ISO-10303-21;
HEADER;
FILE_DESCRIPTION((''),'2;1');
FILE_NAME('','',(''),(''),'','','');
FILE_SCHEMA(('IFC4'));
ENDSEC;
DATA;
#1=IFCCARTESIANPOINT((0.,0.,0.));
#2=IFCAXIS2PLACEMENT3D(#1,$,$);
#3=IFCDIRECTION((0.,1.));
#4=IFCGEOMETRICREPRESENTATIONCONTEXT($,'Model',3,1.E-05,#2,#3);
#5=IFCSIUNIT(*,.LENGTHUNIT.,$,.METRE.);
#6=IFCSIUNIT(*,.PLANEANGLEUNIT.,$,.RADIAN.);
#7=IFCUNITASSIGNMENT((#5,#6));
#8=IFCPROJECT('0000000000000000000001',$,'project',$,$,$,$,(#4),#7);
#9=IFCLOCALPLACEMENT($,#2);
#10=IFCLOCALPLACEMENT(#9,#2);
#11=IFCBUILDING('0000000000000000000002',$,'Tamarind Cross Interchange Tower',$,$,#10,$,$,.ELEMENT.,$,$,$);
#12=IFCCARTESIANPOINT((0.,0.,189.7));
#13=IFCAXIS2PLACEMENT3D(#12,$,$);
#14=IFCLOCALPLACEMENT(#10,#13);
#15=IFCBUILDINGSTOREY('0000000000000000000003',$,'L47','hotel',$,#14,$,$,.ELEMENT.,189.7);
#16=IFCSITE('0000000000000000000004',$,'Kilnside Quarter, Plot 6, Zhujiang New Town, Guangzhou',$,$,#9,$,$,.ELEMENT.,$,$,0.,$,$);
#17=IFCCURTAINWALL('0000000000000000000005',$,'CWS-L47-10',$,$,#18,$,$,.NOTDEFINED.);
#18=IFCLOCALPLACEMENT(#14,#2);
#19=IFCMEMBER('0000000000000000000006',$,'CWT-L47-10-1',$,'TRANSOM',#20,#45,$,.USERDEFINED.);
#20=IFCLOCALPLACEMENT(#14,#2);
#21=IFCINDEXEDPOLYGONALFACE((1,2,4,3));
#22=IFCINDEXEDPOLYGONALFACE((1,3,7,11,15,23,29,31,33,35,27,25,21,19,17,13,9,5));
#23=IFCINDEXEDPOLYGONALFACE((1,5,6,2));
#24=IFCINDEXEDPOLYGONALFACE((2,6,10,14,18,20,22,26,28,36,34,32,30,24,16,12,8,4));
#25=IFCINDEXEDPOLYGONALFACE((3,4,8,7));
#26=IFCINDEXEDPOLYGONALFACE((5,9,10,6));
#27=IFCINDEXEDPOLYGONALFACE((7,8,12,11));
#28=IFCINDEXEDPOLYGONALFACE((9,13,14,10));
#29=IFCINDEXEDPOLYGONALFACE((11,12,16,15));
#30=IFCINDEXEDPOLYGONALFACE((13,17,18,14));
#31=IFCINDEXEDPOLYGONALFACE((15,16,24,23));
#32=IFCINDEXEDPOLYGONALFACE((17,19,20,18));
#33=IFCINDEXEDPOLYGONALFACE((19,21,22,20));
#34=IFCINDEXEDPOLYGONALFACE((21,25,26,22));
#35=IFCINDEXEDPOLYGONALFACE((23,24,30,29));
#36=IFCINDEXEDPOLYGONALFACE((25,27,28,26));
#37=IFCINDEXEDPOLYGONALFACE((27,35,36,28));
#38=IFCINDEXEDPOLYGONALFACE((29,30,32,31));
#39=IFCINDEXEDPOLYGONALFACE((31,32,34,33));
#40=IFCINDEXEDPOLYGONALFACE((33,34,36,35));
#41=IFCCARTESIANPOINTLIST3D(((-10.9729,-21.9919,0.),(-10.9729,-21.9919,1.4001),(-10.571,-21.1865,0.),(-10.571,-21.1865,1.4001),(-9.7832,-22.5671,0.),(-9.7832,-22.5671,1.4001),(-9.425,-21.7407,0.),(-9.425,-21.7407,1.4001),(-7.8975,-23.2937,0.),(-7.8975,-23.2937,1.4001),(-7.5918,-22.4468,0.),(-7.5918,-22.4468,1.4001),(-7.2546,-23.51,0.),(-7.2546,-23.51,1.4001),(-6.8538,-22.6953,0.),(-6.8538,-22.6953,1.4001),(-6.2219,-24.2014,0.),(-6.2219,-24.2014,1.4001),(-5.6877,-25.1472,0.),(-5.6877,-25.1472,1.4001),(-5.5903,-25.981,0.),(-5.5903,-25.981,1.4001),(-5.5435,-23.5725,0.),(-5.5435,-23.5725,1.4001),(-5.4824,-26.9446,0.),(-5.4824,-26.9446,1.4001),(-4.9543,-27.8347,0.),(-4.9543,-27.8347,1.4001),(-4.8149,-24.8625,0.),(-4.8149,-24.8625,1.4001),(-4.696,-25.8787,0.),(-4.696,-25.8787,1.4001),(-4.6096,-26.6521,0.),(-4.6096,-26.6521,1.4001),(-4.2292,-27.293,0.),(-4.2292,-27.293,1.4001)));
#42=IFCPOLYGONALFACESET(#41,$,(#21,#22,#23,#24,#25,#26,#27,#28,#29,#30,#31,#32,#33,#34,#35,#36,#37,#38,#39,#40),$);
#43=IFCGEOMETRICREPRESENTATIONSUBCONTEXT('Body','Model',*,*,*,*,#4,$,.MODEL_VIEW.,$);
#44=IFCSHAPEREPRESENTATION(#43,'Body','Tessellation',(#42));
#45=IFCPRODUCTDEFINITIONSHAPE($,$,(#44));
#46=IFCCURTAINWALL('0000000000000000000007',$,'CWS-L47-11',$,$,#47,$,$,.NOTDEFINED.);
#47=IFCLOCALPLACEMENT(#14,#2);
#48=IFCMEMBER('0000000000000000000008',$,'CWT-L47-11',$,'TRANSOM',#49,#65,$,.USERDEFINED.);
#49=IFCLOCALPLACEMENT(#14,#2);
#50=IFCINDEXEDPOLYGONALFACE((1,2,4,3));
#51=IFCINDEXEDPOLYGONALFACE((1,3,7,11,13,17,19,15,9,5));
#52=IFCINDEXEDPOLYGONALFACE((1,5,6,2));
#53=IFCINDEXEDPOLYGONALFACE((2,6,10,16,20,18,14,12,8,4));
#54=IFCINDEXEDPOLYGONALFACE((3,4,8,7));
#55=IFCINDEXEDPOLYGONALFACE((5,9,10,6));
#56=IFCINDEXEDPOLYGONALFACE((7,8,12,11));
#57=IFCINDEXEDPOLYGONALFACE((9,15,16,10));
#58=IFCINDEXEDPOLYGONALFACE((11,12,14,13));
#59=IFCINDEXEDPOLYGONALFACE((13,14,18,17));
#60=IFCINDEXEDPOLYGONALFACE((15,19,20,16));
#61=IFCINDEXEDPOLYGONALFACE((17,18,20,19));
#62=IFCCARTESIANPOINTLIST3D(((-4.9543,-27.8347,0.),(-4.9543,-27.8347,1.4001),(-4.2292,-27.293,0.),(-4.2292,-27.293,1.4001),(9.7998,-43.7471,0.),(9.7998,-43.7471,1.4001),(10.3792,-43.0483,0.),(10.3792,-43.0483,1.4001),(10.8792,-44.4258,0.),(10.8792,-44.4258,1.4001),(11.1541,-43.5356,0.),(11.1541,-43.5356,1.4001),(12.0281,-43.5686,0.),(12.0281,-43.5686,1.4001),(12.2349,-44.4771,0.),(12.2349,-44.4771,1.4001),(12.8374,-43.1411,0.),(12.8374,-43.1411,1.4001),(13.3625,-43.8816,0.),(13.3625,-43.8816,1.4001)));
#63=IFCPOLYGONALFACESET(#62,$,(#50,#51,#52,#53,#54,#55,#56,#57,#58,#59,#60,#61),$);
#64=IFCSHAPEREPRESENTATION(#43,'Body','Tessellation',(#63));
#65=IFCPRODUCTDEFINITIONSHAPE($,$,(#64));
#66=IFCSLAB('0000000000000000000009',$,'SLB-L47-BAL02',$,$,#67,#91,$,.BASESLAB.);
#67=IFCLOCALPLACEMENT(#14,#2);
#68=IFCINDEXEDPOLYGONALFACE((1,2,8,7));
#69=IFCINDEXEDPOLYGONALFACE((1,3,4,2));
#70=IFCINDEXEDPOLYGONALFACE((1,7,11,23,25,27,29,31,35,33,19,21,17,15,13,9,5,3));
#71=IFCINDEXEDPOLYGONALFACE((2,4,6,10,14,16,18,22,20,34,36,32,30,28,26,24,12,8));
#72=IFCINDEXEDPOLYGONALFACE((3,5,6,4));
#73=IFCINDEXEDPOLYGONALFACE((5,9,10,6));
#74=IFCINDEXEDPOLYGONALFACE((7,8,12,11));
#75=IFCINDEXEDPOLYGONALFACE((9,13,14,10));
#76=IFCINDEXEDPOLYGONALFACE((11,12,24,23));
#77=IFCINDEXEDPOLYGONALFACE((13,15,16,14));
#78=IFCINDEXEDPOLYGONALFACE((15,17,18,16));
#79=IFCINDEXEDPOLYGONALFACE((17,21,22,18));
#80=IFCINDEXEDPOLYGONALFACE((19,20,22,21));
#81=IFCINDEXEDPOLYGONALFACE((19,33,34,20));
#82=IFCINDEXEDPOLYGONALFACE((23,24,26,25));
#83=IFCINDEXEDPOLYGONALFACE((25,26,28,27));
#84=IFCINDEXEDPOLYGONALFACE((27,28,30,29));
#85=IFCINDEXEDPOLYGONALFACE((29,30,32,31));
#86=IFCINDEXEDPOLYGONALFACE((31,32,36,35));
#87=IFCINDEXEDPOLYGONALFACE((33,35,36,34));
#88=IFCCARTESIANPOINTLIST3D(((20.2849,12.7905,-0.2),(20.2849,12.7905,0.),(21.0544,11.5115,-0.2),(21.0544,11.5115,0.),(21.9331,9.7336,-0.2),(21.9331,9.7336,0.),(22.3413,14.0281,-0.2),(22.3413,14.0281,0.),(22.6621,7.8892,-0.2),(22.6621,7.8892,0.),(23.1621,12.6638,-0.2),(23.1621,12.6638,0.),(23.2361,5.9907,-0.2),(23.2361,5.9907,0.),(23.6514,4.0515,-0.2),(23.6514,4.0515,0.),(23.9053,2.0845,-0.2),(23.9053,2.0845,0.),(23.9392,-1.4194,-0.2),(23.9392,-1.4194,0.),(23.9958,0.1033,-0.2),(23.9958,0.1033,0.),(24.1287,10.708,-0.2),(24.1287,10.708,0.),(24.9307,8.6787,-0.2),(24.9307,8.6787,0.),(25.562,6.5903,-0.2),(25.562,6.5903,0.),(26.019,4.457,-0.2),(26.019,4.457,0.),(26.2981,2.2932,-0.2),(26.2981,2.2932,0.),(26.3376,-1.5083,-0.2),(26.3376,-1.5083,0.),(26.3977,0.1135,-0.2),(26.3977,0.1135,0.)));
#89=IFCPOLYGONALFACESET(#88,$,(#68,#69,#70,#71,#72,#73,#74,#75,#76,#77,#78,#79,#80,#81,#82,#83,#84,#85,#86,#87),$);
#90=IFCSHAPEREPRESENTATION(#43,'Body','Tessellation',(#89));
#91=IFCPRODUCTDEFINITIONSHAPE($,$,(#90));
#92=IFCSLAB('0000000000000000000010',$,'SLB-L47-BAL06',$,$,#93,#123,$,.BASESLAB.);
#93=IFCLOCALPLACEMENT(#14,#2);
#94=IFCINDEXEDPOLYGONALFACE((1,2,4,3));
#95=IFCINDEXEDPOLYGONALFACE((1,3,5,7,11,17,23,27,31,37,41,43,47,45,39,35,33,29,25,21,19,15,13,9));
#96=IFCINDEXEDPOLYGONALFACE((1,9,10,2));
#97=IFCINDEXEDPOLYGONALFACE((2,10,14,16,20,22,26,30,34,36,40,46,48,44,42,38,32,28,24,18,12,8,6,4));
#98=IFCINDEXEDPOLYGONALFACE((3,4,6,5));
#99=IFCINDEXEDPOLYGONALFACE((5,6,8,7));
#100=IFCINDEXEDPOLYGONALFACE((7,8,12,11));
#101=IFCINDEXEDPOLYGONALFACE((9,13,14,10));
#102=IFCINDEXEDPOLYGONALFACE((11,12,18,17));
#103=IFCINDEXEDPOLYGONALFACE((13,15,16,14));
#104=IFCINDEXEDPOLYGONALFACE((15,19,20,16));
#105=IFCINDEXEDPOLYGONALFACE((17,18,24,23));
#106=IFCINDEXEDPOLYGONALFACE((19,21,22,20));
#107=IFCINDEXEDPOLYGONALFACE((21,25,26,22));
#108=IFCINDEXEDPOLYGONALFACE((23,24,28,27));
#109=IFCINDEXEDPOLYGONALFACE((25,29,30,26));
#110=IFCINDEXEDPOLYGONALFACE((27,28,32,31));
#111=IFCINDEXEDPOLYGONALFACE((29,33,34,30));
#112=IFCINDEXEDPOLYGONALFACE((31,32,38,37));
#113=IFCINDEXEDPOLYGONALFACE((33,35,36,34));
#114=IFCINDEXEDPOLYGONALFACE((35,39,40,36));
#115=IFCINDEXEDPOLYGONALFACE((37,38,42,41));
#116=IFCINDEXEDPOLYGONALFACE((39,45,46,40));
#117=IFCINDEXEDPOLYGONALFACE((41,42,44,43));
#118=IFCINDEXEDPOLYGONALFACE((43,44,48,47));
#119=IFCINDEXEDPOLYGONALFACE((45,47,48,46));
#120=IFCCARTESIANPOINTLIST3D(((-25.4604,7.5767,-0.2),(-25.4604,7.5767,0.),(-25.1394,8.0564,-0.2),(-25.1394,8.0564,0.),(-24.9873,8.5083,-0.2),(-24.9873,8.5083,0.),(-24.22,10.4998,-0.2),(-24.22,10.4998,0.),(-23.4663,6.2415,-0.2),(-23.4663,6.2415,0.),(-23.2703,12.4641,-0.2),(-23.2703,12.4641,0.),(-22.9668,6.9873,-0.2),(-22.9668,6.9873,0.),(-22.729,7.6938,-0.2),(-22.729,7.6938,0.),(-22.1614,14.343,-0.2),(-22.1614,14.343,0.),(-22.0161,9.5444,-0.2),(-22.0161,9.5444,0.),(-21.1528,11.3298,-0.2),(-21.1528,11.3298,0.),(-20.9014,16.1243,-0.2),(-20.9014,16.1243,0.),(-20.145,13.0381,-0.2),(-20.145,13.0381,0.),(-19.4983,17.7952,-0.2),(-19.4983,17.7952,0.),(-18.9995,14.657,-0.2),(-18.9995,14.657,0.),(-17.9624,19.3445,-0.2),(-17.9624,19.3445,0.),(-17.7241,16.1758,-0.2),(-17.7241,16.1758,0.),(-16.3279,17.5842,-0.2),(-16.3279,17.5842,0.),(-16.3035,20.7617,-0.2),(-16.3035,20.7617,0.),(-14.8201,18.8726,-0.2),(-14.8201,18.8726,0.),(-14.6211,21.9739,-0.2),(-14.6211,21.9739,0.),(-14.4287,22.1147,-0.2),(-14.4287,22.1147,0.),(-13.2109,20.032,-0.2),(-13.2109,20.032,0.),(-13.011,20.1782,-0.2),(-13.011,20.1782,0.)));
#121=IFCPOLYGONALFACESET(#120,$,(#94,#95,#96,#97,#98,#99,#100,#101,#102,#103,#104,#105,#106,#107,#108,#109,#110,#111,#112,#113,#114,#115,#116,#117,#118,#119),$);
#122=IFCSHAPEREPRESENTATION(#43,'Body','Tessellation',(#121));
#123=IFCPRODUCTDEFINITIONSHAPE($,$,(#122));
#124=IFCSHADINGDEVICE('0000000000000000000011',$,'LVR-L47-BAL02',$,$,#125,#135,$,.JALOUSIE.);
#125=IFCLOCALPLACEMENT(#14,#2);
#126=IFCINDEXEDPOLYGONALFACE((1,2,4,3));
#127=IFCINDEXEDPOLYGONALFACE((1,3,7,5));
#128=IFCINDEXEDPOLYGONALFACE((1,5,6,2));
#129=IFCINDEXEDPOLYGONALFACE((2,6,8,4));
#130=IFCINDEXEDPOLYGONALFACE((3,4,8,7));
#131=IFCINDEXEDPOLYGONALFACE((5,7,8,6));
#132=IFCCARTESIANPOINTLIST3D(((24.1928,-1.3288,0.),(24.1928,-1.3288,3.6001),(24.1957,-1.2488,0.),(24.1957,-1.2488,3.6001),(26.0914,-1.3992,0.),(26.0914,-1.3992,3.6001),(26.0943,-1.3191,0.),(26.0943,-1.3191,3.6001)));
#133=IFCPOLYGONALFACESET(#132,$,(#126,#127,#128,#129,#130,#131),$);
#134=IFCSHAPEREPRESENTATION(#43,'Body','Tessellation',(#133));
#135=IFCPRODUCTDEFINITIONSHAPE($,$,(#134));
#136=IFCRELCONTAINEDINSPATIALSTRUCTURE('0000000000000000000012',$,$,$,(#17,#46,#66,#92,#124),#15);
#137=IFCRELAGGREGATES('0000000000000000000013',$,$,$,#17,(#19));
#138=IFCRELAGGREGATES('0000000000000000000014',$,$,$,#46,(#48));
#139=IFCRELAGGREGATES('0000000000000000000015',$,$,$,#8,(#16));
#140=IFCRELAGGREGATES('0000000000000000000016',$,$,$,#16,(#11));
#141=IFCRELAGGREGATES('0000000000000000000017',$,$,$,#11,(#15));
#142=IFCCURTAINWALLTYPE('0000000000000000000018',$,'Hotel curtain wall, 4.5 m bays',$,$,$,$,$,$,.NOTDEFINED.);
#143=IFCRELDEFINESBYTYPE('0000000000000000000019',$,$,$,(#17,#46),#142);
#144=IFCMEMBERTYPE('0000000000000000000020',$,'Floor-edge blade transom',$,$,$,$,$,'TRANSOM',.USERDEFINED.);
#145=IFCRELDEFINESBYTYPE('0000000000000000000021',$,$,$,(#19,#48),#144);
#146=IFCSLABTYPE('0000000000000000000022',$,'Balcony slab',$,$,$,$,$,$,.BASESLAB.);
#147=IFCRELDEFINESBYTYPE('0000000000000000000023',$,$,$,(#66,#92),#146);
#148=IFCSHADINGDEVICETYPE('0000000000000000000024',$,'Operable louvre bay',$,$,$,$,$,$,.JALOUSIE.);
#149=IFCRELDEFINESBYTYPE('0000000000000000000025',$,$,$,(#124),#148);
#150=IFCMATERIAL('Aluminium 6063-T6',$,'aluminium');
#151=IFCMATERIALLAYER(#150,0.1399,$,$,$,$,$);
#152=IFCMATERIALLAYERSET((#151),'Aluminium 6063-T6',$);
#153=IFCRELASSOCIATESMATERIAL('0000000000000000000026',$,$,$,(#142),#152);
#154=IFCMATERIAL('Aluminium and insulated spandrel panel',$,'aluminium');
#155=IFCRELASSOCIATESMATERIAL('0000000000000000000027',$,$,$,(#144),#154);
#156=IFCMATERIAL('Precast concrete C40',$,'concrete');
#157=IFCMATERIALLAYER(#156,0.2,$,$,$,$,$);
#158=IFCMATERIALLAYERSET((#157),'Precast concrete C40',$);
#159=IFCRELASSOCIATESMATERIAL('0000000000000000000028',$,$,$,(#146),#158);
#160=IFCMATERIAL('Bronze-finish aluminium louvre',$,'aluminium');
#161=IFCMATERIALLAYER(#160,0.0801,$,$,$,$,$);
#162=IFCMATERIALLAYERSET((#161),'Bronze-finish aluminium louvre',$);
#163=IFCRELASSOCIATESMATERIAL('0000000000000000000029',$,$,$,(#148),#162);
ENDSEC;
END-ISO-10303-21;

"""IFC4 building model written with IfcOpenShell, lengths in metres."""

from ifc_helpers import new_model, si_unit, direction, frame, origin, origin_2d, place, context, subcontext, project, spatial, polyline, rectangle, outline, extrude, material, layer, layer_set, type_object, element, aggregate, save


model = new_model("IFC4")

# Units and contexts
model_context = context("Model", 3, precision=1e-05, world=origin(), true_north=direction((0.0, 1.0)))
body_context = subcontext(model_context, "Body", "Model", "MODEL_VIEW")
ifc_project = project(units=[si_unit("LENGTHUNIT", "METRE"), si_unit("PLANEANGLEUNIT", "RADIAN")], contexts=[model_context])

# Site, building, storey
site_placement = place(None, origin())
site = spatial("IfcSite", under=ifc_project, at=site_placement, Name="Kilnside Quarter, Plot 6, Zhujiang New Town, Guangzhou", CompositionType="ELEMENT", RefElevation=0.0)
building_placement = place(site_placement, origin())
building = spatial("IfcBuilding", under=site, at=building_placement, Name="Tamarind Cross Interchange Tower", CompositionType="ELEMENT")
storey_placement = place(building_placement, frame((0.0, 0.0, 189.7)))
storey = spatial("IfcBuildingStorey", under=building, at=storey_placement, Name="L47", Description="hotel", CompositionType="ELEMENT", Elevation=189.7)

# Shared definitions
ifc_material_1 = material(Name="Aluminium 6063-T6", Category="aluminium")
ifc_layer_1 = layer(ifc_material_1, 0.1399)
ifc_layer_set_1 = layer_set([ifc_layer_1], Name="Aluminium 6063-T6")
curtain_wall_type = type_object("IfcCurtainWallType", Name="Hotel curtain wall, 4.5 m bays", PredefinedType="NOTDEFINED", material=ifc_layer_set_1)
ifc_material_2 = material(Name="Aluminium and insulated spandrel panel", Category="aluminium")
member_type = type_object("IfcMemberType", Name="Floor-edge blade transom", ElementType="TRANSOM", PredefinedType="USERDEFINED", material=ifc_material_2)

# Curtain wall, member
curtain_wall_1_placement = place(storey_placement, origin())
curtain_wall_1 = element("IfcCurtainWall", 1, at=curtain_wall_1_placement, inside=storey, type_object=curtain_wall_type, Name="CWS-L47-10", PredefinedType="NOTDEFINED")
member_1_placement = place(storey_placement, origin())
member_1 = element("IfcMember", 2, at=member_1_placement, type_object=member_type, Name="CWT-L47-10-1", ObjectType="TRANSOM", PredefinedType="USERDEFINED", context=body_context, shape_type="SweptSolid", body=[
    extrude(outline(polyline([(-10.571, -21.1865), (-9.425, -21.7407), (-7.5918, -22.4468), (-6.8538, -22.6953), (-5.5435, -23.5725), (-4.8149, -24.8625), (-4.696, -25.8787), (-4.6096, -26.6521), (-4.2292, -27.293), (-4.9543, -27.8347), (-5.4824, -26.9446), (-5.5903, -25.981), (-5.6877, -25.1472), (-6.2219, -24.2014), (-7.2546, -23.51), (-7.8975, -23.2937), (-9.7832, -22.5671), (-10.9729, -21.9919), (-10.571, -21.1865)])), origin(), (0.0, 0.0, 1.0), 1.4001),
])
aggregate(curtain_wall_1, [member_1])

# Curtain wall, member
curtain_wall_2_placement = place(storey_placement, origin())
curtain_wall_2 = element("IfcCurtainWall", 3, at=curtain_wall_2_placement, inside=storey, type_object=curtain_wall_type, Name="CWS-L47-11", PredefinedType="NOTDEFINED")
member_2_placement = place(storey_placement, origin())
member_2 = element("IfcMember", 4, at=member_2_placement, type_object=member_type, Name="CWT-L47-11", ObjectType="TRANSOM", PredefinedType="USERDEFINED", context=body_context, shape_type="SweptSolid", body=[
    extrude(outline(polyline([(-4.2292, -27.293), (10.3792, -43.0483), (11.1541, -43.5356), (12.0281, -43.5686), (12.8374, -43.1411), (13.3625, -43.8816), (12.2349, -44.4771), (10.8792, -44.4258), (9.7998, -43.7471), (-4.9543, -27.8347), (-4.2292, -27.293)])), origin(), (0.0, 0.0, 1.0), 1.4001),
])
aggregate(curtain_wall_2, [member_2])

# Slabs
ifc_material_3 = material(Name="Precast concrete C40", Category="concrete")
ifc_layer_2 = layer(ifc_material_3, 0.2)
ifc_layer_set_2 = layer_set([ifc_layer_2], Name="Precast concrete C40")
slab_type = type_object("IfcSlabType", Name="Balcony slab", PredefinedType="BASESLAB", material=ifc_layer_set_2)
slab_1_placement = place(storey_placement, frame((0.0, 0.0, -0.2)))
element("IfcSlab", 5, at=slab_1_placement, inside=storey, type_object=slab_type, Name="SLB-L47-BAL02", PredefinedType="BASESLAB", context=body_context, shape_type="SweptSolid", body=[
    extrude(outline(polyline([(23.9392, -1.4194), (23.9958, 0.1033), (23.9053, 2.0845), (23.6514, 4.0515), (23.2361, 5.9907), (22.6621, 7.8892), (21.9331, 9.7336), (21.0544, 11.5115), (20.2849, 12.7905), (22.3413, 14.0281), (23.1621, 12.6638), (24.1287, 10.708), (24.9307, 8.6787), (25.562, 6.5903), (26.019, 4.457), (26.2981, 2.2932), (26.3977, 0.1135), (26.3376, -1.5083), (23.9392, -1.4194)])), origin(), (0.0, 0.0, 1.0), 0.2),
])
slab_2_placement = place(storey_placement, frame((0.0, 0.0, -0.2)))
element("IfcSlab", 6, at=slab_2_placement, inside=storey, type_object=slab_type, Name="SLB-L47-BAL06", PredefinedType="BASESLAB", context=body_context, shape_type="SweptSolid", body=[
    extrude(outline(polyline([(-13.011, 20.1782), (-13.2109, 20.032), (-14.8201, 18.8726), (-16.3279, 17.5842), (-17.7241, 16.1758), (-18.9995, 14.657), (-20.145, 13.0381), (-21.1528, 11.3298), (-22.0161, 9.5444), (-22.729, 7.6938), (-22.9668, 6.9873), (-23.4663, 6.2415), (-25.4604, 7.5767), (-25.1394, 8.0564), (-24.9873, 8.5083), (-24.22, 10.4998), (-23.2703, 12.4641), (-22.1614, 14.343), (-20.9014, 16.1243), (-19.4983, 17.7952), (-17.9624, 19.3445), (-16.3035, 20.7617), (-14.6211, 21.9739), (-14.4287, 22.1147), (-13.011, 20.1782)])), origin(), (0.0, 0.0, 1.0), 0.2),
])

# Shading device
ifc_material_4 = material(Name="Bronze-finish aluminium louvre", Category="aluminium")
ifc_layer_3 = layer(ifc_material_4, 0.0801)
ifc_layer_set_3 = layer_set([ifc_layer_3], Name="Bronze-finish aluminium louvre")
shading_device_type = type_object("IfcShadingDeviceType", Name="Operable louvre bay", PredefinedType="JALOUSIE", material=ifc_layer_set_3)
shading_device_placement = place(storey_placement, origin())
element("IfcShadingDevice", 7, at=shading_device_placement, inside=storey, type_object=shading_device_type, Name="LVR-L47-BAL02", PredefinedType="JALOUSIE", context=body_context, shape_type="SweptSolid", body=[
    extrude(rectangle(XDim=1.8999, YDim=0.0801, at=origin_2d()), frame((25.1436, -1.324, 0.0), z_axis=(0.0, 0.0, 1.0), x_axis=(0.999314, -0.037025, 0.0)), (0.0, 0.0, 1.0), 3.6001),
])

save(model, "model.ifc")
